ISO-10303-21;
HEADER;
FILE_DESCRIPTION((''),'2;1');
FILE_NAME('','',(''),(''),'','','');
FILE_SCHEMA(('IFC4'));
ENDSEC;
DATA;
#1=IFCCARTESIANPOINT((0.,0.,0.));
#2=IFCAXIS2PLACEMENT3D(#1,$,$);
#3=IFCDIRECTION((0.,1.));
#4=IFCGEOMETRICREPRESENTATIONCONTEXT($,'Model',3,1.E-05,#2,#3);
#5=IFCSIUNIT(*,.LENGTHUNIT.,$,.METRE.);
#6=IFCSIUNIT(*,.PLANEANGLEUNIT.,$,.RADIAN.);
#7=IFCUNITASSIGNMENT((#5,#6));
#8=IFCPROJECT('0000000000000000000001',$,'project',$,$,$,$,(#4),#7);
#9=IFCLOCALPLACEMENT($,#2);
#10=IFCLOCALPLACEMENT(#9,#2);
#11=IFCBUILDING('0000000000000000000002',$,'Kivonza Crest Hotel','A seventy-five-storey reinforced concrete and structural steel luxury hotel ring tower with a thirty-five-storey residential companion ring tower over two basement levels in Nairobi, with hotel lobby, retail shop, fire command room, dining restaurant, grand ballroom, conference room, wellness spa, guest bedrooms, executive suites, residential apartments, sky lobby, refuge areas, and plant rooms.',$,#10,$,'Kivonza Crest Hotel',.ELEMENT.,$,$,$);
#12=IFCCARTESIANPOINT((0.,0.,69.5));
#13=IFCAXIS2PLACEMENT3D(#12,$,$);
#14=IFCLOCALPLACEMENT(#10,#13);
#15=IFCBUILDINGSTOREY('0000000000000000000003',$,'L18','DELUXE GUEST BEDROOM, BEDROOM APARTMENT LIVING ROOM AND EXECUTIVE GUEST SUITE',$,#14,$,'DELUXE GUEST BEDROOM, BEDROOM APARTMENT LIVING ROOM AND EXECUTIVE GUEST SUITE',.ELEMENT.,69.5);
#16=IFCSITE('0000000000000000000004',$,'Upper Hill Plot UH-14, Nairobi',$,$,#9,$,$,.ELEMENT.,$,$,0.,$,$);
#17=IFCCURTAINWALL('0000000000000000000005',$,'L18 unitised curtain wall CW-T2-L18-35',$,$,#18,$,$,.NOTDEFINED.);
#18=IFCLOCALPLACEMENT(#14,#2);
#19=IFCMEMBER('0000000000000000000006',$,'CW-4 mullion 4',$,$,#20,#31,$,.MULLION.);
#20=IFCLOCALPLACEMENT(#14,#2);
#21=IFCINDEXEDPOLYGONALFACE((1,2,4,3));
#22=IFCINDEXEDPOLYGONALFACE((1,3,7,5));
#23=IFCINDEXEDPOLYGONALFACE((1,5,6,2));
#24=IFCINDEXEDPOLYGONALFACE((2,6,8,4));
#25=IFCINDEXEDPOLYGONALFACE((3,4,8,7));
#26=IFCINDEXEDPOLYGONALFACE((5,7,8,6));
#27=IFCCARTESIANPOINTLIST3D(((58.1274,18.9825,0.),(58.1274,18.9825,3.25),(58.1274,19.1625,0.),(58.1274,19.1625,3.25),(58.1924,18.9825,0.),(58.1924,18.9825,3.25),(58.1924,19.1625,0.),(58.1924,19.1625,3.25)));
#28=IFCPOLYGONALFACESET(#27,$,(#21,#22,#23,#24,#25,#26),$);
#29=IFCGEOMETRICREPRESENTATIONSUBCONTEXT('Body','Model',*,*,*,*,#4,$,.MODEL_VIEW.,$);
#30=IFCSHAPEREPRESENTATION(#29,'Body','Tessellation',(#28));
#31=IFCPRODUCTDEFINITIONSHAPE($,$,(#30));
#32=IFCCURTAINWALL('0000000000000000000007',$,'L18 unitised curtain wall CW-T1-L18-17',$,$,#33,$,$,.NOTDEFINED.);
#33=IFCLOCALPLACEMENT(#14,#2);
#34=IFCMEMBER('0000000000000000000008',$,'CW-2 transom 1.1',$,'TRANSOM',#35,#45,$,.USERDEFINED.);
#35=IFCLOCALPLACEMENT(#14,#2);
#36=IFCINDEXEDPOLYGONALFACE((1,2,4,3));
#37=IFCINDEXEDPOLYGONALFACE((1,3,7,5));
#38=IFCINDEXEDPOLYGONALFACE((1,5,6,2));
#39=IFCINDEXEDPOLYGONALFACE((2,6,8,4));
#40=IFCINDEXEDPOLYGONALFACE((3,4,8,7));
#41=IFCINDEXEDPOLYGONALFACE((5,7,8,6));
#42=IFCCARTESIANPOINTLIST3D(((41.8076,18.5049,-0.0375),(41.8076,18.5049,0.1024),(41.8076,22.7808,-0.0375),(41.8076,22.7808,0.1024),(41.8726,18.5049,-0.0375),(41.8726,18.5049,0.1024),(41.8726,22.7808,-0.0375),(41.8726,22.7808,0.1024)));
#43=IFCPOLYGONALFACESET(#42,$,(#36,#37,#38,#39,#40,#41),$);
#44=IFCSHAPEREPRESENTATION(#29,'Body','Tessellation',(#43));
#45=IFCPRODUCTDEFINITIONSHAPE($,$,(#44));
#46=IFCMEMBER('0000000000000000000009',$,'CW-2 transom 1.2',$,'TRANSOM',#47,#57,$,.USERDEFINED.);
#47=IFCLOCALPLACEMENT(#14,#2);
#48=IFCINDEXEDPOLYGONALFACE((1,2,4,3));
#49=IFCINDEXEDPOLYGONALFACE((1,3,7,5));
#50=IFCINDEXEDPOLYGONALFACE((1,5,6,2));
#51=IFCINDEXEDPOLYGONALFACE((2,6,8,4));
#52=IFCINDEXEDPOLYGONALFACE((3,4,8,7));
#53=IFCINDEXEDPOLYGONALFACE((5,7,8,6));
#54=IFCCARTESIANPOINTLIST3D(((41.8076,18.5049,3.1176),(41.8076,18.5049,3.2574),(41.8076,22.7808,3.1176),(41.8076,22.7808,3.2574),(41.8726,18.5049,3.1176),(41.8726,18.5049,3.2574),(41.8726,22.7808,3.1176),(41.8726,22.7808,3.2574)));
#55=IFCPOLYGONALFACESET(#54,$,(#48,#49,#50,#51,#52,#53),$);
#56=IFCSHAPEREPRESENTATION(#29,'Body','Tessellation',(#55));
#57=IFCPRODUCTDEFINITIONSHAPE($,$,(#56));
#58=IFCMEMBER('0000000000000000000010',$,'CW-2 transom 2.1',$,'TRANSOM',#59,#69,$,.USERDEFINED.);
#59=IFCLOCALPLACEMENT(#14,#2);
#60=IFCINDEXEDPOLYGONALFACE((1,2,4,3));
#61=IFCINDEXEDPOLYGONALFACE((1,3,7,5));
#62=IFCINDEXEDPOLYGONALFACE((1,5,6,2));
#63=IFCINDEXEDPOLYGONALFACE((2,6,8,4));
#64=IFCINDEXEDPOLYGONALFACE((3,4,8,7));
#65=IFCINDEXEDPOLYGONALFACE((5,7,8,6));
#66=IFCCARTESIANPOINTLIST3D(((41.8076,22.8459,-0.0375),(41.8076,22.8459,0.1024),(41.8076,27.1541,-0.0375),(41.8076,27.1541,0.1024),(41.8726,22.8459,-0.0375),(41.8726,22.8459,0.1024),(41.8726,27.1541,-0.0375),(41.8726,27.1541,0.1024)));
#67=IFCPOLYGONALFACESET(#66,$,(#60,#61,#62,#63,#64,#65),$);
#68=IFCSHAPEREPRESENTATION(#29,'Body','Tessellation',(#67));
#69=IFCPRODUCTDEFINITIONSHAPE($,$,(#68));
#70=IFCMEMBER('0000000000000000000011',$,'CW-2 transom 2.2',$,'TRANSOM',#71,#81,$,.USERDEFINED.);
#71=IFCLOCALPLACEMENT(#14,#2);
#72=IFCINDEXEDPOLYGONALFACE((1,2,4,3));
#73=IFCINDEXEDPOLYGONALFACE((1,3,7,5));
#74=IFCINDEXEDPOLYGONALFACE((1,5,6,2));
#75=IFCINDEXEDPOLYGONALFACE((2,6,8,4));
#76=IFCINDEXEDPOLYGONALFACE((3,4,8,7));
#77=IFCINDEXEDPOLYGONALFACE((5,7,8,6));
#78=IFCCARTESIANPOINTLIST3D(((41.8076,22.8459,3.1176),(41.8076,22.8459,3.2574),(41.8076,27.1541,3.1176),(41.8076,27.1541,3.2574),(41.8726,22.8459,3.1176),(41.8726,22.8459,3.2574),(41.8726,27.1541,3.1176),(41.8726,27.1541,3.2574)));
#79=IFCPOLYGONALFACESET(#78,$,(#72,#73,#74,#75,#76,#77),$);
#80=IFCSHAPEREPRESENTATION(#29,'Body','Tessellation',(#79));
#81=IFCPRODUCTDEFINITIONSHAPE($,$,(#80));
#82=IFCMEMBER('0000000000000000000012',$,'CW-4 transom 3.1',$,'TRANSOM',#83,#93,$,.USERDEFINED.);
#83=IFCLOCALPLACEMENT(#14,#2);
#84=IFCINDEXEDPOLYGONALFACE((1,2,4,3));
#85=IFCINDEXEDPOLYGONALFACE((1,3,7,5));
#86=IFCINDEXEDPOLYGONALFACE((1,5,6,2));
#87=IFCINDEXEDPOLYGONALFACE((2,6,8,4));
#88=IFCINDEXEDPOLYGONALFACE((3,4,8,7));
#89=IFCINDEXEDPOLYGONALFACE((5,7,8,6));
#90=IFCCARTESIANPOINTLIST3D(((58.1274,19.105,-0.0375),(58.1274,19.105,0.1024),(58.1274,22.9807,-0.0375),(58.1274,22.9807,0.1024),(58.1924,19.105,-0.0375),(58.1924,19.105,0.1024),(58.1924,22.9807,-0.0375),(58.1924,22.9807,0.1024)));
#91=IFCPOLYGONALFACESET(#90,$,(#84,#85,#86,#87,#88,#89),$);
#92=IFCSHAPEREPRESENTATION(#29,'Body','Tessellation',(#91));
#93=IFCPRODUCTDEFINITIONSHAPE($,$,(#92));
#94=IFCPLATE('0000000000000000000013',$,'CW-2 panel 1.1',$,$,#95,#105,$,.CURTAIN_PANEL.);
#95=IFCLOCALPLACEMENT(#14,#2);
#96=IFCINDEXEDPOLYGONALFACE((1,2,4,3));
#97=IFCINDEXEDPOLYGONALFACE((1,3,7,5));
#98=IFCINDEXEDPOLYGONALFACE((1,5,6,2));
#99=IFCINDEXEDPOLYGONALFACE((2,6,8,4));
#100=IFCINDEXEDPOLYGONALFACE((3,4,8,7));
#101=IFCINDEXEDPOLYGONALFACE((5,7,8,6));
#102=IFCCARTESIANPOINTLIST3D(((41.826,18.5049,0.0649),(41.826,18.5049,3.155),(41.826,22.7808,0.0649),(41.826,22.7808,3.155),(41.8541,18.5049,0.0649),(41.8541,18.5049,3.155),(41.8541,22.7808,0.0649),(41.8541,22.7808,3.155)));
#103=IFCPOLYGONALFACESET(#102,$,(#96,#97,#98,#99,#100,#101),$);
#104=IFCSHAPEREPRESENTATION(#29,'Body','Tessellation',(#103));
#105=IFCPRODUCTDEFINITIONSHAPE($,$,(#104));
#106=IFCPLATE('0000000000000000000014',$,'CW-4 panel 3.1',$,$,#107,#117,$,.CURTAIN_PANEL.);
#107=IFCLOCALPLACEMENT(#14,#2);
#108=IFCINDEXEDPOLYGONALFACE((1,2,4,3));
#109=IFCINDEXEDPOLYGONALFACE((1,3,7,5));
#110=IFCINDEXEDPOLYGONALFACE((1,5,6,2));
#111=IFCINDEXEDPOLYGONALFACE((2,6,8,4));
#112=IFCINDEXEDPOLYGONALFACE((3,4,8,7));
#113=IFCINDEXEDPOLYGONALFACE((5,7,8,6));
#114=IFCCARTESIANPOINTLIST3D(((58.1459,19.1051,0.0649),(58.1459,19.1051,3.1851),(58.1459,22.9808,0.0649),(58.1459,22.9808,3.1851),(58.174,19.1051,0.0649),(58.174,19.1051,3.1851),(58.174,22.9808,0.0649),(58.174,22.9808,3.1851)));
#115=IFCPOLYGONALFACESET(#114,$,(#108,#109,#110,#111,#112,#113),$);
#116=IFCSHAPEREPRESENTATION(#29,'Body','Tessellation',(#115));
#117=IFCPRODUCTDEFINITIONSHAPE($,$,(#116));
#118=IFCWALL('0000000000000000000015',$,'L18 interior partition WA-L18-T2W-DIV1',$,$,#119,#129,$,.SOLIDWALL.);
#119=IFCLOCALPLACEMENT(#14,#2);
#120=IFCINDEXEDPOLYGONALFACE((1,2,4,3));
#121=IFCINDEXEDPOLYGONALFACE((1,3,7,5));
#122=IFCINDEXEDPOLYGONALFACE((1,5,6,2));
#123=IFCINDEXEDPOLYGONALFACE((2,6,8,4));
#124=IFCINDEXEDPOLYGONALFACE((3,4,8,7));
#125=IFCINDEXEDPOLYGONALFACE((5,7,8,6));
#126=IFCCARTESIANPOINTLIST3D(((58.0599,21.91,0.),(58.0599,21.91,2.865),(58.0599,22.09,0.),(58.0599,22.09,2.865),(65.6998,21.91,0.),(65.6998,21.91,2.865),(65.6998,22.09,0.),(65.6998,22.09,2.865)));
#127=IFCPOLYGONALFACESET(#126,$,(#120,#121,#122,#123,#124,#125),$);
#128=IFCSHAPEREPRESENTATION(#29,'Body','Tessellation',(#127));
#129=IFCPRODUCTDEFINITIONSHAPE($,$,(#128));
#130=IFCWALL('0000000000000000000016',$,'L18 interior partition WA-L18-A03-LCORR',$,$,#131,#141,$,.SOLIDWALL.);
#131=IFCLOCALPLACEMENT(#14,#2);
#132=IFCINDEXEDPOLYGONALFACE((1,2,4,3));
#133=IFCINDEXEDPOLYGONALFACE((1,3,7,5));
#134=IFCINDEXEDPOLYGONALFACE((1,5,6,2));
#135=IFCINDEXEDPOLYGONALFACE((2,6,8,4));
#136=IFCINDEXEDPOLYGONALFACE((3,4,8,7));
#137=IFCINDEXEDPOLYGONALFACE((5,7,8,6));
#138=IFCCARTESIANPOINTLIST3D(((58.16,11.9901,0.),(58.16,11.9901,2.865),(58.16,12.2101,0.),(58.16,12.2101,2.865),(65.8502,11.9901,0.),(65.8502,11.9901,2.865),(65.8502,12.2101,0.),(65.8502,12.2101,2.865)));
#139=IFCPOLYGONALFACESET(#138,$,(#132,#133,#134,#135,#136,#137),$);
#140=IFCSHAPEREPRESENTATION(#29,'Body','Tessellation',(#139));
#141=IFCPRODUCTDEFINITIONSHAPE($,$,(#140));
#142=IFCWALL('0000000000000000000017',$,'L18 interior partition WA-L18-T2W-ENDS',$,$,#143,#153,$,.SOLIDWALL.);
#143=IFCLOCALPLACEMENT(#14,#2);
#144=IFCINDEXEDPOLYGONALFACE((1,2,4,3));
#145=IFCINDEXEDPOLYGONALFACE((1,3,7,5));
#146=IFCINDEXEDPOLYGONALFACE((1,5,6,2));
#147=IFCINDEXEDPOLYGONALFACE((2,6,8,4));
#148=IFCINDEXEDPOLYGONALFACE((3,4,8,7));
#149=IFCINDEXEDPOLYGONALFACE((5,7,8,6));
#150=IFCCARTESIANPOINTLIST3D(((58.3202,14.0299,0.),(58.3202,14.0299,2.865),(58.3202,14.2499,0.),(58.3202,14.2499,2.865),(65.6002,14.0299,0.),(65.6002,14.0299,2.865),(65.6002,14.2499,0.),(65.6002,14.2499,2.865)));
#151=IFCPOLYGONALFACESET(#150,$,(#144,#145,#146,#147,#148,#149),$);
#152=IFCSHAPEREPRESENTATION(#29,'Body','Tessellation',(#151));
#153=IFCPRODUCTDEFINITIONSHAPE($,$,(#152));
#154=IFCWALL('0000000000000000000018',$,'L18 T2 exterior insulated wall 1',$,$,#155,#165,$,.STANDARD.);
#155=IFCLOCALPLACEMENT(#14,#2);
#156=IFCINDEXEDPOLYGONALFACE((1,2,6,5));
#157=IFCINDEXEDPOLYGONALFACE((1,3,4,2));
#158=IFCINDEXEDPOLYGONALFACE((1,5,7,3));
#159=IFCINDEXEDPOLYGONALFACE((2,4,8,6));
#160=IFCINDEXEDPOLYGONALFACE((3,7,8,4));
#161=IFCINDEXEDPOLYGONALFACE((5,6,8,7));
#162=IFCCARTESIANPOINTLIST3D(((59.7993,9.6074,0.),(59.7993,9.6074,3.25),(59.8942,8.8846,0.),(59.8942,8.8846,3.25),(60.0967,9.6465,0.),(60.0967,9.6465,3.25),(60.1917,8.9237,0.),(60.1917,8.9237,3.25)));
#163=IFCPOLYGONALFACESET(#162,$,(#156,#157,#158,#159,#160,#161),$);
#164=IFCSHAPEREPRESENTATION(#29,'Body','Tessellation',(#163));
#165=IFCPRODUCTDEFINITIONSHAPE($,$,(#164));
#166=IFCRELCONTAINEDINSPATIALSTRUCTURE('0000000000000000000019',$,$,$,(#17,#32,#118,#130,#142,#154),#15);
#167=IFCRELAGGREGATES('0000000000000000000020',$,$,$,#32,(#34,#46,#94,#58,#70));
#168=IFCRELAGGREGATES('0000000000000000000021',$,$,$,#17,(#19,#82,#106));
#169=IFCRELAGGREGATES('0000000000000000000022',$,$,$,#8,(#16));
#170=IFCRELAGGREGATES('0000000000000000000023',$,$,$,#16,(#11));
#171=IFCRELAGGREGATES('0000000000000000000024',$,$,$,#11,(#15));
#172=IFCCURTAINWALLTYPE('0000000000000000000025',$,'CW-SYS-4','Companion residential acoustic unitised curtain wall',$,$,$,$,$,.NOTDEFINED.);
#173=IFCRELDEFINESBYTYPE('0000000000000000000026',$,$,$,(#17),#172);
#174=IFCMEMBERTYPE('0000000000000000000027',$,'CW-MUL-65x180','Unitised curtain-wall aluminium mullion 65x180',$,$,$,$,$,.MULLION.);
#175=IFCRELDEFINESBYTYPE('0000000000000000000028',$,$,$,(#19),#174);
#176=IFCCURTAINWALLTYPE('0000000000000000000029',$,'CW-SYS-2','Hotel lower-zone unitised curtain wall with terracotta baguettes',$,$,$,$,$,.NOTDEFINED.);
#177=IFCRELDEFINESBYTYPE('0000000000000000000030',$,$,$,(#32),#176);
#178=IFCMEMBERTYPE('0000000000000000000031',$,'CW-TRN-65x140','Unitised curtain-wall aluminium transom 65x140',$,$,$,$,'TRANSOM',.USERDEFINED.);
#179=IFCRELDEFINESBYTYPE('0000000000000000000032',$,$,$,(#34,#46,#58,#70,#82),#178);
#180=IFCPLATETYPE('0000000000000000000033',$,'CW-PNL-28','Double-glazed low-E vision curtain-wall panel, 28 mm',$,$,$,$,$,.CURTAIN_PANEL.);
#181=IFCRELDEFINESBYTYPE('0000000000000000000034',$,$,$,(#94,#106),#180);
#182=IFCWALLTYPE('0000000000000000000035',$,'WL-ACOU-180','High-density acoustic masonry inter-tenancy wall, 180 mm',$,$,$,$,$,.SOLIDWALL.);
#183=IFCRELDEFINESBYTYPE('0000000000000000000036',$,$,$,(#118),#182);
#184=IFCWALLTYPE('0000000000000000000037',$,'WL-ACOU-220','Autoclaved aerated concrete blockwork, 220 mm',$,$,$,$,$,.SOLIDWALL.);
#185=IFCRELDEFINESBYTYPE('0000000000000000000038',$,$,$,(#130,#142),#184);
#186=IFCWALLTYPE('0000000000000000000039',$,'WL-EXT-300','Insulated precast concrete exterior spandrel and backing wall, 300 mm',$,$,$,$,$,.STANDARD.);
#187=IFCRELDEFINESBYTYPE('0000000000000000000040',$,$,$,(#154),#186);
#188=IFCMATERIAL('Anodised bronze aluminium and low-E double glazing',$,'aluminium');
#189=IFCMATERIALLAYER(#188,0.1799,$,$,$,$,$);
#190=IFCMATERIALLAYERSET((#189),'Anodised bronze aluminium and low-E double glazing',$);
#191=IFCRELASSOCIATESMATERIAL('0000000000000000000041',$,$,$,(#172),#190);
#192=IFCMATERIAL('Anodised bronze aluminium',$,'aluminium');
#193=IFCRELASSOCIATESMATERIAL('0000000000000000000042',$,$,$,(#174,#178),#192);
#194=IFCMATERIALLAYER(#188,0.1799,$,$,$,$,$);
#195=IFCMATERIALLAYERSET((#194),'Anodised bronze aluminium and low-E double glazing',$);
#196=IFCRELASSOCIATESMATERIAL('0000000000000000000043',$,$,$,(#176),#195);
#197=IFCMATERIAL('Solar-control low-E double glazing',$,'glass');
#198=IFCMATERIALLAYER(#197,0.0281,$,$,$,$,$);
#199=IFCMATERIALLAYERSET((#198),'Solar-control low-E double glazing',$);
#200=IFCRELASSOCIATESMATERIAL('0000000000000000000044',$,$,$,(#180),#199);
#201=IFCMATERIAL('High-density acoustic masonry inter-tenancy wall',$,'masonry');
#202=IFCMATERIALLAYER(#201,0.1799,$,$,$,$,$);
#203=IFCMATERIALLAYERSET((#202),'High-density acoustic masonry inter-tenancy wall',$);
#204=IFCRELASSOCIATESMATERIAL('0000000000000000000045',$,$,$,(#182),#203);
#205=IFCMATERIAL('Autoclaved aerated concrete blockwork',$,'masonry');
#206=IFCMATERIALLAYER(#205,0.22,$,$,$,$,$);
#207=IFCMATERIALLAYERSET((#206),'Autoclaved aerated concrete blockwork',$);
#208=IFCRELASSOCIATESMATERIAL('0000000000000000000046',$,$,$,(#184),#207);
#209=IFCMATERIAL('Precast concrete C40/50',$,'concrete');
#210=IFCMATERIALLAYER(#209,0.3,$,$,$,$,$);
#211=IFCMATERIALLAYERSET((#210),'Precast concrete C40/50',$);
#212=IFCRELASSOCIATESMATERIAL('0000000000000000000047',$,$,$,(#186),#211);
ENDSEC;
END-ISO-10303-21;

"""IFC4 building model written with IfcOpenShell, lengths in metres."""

from ifc_helpers import new_model, si_unit, direction, frame, frame_2d, origin, origin_2d, place, context, subcontext, project, spatial, rectangle, extrude, material, layer, layer_set, material_profile, profile_set, type_object, element, aggregate, save


model = new_model("IFC4")

# Units and contexts
model_context = context("Model", 3, precision=1e-05, world=origin(), true_north=direction((0.0, 1.0)))
body_context = subcontext(model_context, "Body", "Model", "MODEL_VIEW")
ifc_project = project(units=[si_unit("LENGTHUNIT", "METRE"), si_unit("PLANEANGLEUNIT", "RADIAN")], contexts=[model_context])

# Site, building, storey
site_placement = place(None, origin())
site = spatial("IfcSite", under=ifc_project, at=site_placement, Name="Upper Hill Plot UH-14, Nairobi", CompositionType="ELEMENT", RefElevation=0.0)
building_placement = place(site_placement, origin())
building = spatial("IfcBuilding", under=site, at=building_placement, Name="Kivonza Crest Hotel", Description="A seventy-five-storey reinforced concrete and structural steel luxury hotel ring tower with a thirty-five-storey residential companion ring tower over two basement levels in Nairobi, with hotel lobby, retail shop, fire command room, dining restaurant, grand ballroom, conference room, wellness spa, guest bedrooms, executive suites, residential apartments, sky lobby, refuge areas, and plant rooms.", LongName="Kivonza Crest Hotel", CompositionType="ELEMENT")
storey_placement = place(building_placement, frame((0.0, 0.0, 69.5)))
storey = spatial("IfcBuildingStorey", under=building, at=storey_placement, Name="L18", Description="DELUXE GUEST BEDROOM, BEDROOM APARTMENT LIVING ROOM AND EXECUTIVE GUEST SUITE", LongName="DELUXE GUEST BEDROOM, BEDROOM APARTMENT LIVING ROOM AND EXECUTIVE GUEST SUITE", CompositionType="ELEMENT", Elevation=69.5)

# Curtain wall, member
ifc_material_1 = material(Name="Anodised bronze aluminium and low-E double glazing", Category="aluminium")
ifc_layer_1 = layer(ifc_material_1, 0.1799)
ifc_layer_set_1 = layer_set([ifc_layer_1], Name="Anodised bronze aluminium and low-E double glazing")
curtain_wall_type_1 = type_object("IfcCurtainWallType", Name="CW-SYS-4", Description="Companion residential acoustic unitised curtain wall", PredefinedType="NOTDEFINED", material=ifc_layer_set_1)
curtain_wall_1_placement = place(storey_placement, origin())
curtain_wall_1 = element("IfcCurtainWall", 1, at=curtain_wall_1_placement, inside=storey, type_object=curtain_wall_type_1, Name="L18 unitised curtain wall CW-T2-L18-35", PredefinedType="NOTDEFINED")
ifc_material_2 = material(Name="Anodised bronze aluminium", Category="aluminium")
ifc_material_profile_1 = material_profile(ifc_material_2, rectangle(XDim=0.0649, YDim=0.1799, at=origin_2d()), Name="CW-M 65x180")
ifc_profile_set_1 = profile_set([ifc_material_profile_1], Name="Anodised bronze aluminium")
member_type_1 = type_object("IfcMemberType", Name="CW-MUL-65x180", Description="Unitised curtain-wall aluminium mullion 65x180", PredefinedType="MULLION", material=ifc_profile_set_1)
member_1_placement = place(storey_placement, frame((58.1599, 19.0725, 0.0), z_axis=(0.0, 0.0, 1.0), x_axis=(1.0, 0.0, 0.0)))
member_1 = element("IfcMember", 2, at=member_1_placement, type_object=member_type_1, Name="CW-4 mullion 4", PredefinedType="MULLION", context=body_context, shape_type="SweptSolid", body=[
    extrude(rectangle(XDim=0.0649, YDim=0.1799, at=origin_2d()), origin(), (0.0, 0.0, 1.0), 3.25),
])

# Curtain wall, members
ifc_layer_2 = layer(ifc_material_1, 0.1799)
ifc_layer_set_2 = layer_set([ifc_layer_2], Name="Anodised bronze aluminium and low-E double glazing")
curtain_wall_type_2 = type_object("IfcCurtainWallType", Name="CW-SYS-2", Description="Hotel lower-zone unitised curtain wall with terracotta baguettes", PredefinedType="NOTDEFINED", material=ifc_layer_set_2)
curtain_wall_2_placement = place(storey_placement, origin())
curtain_wall_2 = element("IfcCurtainWall", 3, at=curtain_wall_2_placement, inside=storey, type_object=curtain_wall_type_2, Name="L18 unitised curtain wall CW-T1-L18-17", PredefinedType="NOTDEFINED")
ifc_material_profile_2 = material_profile(ifc_material_2, rectangle(XDim=0.0649, YDim=0.1399, at=origin_2d()), Name="CW-T 65x140")
ifc_profile_set_2 = profile_set([ifc_material_profile_2], Name="Anodised bronze aluminium")
member_type_2 = type_object("IfcMemberType", Name="CW-TRN-65x140", Description="Unitised curtain-wall aluminium transom 65x140", ElementType="TRANSOM", PredefinedType="USERDEFINED", material=ifc_profile_set_2)
member_2_placement = place(storey_placement, frame((41.8401, 18.5049, 0.0325), z_axis=(0.0, 1.0, 0.0), x_axis=(-1.0, 0.0, 0.0)))
member_2 = element("IfcMember", 4, at=member_2_placement, type_object=member_type_2, Name="CW-2 transom 1.1", ObjectType="TRANSOM", PredefinedType="USERDEFINED", context=body_context, shape_type="SweptSolid", body=[
    extrude(rectangle(XDim=0.0649, YDim=0.1399, at=origin_2d()), origin(), (0.0, 0.0, 1.0), 4.2759),
])
member_3_placement = place(storey_placement, frame((41.8401, 18.5049, 3.1875), z_axis=(0.0, 1.0, 0.0), x_axis=(-1.0, 0.0, 0.0)))
member_3 = element("IfcMember", 5, at=member_3_placement, type_object=member_type_2, Name="CW-2 transom 1.2", ObjectType="TRANSOM", PredefinedType="USERDEFINED", context=body_context, shape_type="SweptSolid", body=[
    extrude(rectangle(XDim=0.0649, YDim=0.1399, at=origin_2d()), origin(), (0.0, 0.0, 1.0), 4.2759),
])
member_4_placement = place(storey_placement, frame((41.8401, 22.8459, 0.0325), z_axis=(0.0, 1.0, 0.0), x_axis=(-1.0, 0.0, 0.0)))
member_4 = element("IfcMember", 6, at=member_4_placement, type_object=member_type_2, Name="CW-2 transom 2.1", ObjectType="TRANSOM", PredefinedType="USERDEFINED", context=body_context, shape_type="SweptSolid", body=[
    extrude(rectangle(XDim=0.0649, YDim=0.1399, at=origin_2d()), origin(), (0.0, 0.0, 1.0), 4.3081),
])
member_5_placement = place(storey_placement, frame((41.8401, 22.8459, 3.1875), z_axis=(0.0, 1.0, 0.0), x_axis=(-1.0, 0.0, 0.0)))
member_5 = element("IfcMember", 7, at=member_5_placement, type_object=member_type_2, Name="CW-2 transom 2.2", ObjectType="TRANSOM", PredefinedType="USERDEFINED", context=body_context, shape_type="SweptSolid", body=[
    extrude(rectangle(XDim=0.0649, YDim=0.1399, at=origin_2d()), origin(), (0.0, 0.0, 1.0), 4.3081),
])

# Member
member_6_placement = place(storey_placement, frame((58.1599, 22.9807, 0.0325), z_axis=(0.0, -1.0, 0.0), x_axis=(1.0, 0.0, 0.0)))
member_6 = element("IfcMember", 8, at=member_6_placement, type_object=member_type_2, Name="CW-4 transom 3.1", ObjectType="TRANSOM", PredefinedType="USERDEFINED", context=body_context, shape_type="SweptSolid", body=[
    extrude(rectangle(XDim=0.0649, YDim=0.1399, at=origin_2d()), origin(), (0.0, 0.0, 1.0), 3.8757),
])

# Plates
ifc_material_3 = material(Name="Solar-control low-E double glazing", Category="glass")
ifc_layer_3 = layer(ifc_material_3, 0.0281)
ifc_layer_set_3 = layer_set([ifc_layer_3], Name="Solar-control low-E double glazing")
plate_type = type_object("IfcPlateType", Name="CW-PNL-28", Description="Double-glazed low-E vision curtain-wall panel, 28 mm", PredefinedType="CURTAIN_PANEL", material=ifc_layer_set_3)
plate_1_placement = place(storey_placement, frame((41.8401, 20.6428, 0.0649), z_axis=(0.0, 0.0, 1.0), x_axis=(0.0, 1.0, 0.0)))
plate_1 = element("IfcPlate", 9, at=plate_1_placement, type_object=plate_type, Name="CW-2 panel 1.1", PredefinedType="CURTAIN_PANEL", context=body_context, shape_type="SweptSolid", body=[
    extrude(rectangle(XDim=4.2759, YDim=0.0281, at=origin_2d()), origin(), (0.0, 0.0, 1.0), 3.0901),
])
aggregate(curtain_wall_2, [member_2, member_3, plate_1, member_4, member_5])
plate_2_placement = place(storey_placement, frame((58.1599, 21.043, 0.0649), z_axis=(0.0, 0.0, 1.0), x_axis=(0.0, -1.0, 0.0)))
plate_2 = element("IfcPlate", 10, at=plate_2_placement, type_object=plate_type, Name="CW-4 panel 3.1", PredefinedType="CURTAIN_PANEL", context=body_context, shape_type="SweptSolid", body=[
    extrude(rectangle(XDim=3.8757, YDim=0.0281, at=origin_2d()), origin(), (0.0, 0.0, 1.0), 3.1201),
])
aggregate(curtain_wall_1, [member_1, member_6, plate_2])

# Walls
ifc_material_4 = material(Name="High-density acoustic masonry inter-tenancy wall", Category="masonry")
ifc_layer_4 = layer(ifc_material_4, 0.1799)
ifc_layer_set_4 = layer_set([ifc_layer_4], Name="High-density acoustic masonry inter-tenancy wall")
wall_type_1 = type_object("IfcWallType", Name="WL-ACOU-180", Description="High-density acoustic masonry inter-tenancy wall, 180 mm", PredefinedType="SOLIDWALL", material=ifc_layer_set_4)
wall_1_placement = place(storey_placement, frame((58.0601, 22.0, 0.0), z_axis=(0.0, 0.0, 1.0), x_axis=(1.0, 0.0, 0.0)))
element("IfcWall", 11, at=wall_1_placement, inside=storey, type_object=wall_type_1, Name="L18 interior partition WA-L18-T2W-DIV1", PredefinedType="SOLIDWALL", context=body_context, shape_type="SweptSolid", body=[
    extrude(rectangle(XDim=7.6399, YDim=0.1799, at=frame_2d((3.8198, 0.0))), origin(), (0.0, 0.0, 1.0), 2.865),
])
ifc_material_5 = material(Name="Autoclaved aerated concrete blockwork", Category="masonry")
ifc_layer_5 = layer(ifc_material_5, 0.22)
ifc_layer_set_5 = layer_set([ifc_layer_5], Name="Autoclaved aerated concrete blockwork")
wall_type_2 = type_object("IfcWallType", Name="WL-ACOU-220", Description="Autoclaved aerated concrete blockwork, 220 mm", PredefinedType="SOLIDWALL", material=ifc_layer_set_5)
wall_2_placement = place(storey_placement, frame((58.1599, 12.1001, 0.0), z_axis=(0.0, 0.0, 1.0), x_axis=(1.0, 0.0, 0.0)))
element("IfcWall", 12, at=wall_2_placement, inside=storey, type_object=wall_type_2, Name="L18 interior partition WA-L18-A03-LCORR", PredefinedType="SOLIDWALL", context=body_context, shape_type="SweptSolid", body=[
    extrude(rectangle(XDim=7.6902, YDim=0.22, at=frame_2d((3.8452, 0.0))), origin(), (0.0, 0.0, 1.0), 2.865),
])
wall_3_placement = place(storey_placement, frame((58.3201, 14.1399, 0.0), z_axis=(0.0, 0.0, 1.0), x_axis=(1.0, 0.0, 0.0)))
element("IfcWall", 13, at=wall_3_placement, inside=storey, type_object=wall_type_2, Name="L18 interior partition WA-L18-T2W-ENDS", PredefinedType="SOLIDWALL", context=body_context, shape_type="SweptSolid", body=[
    extrude(rectangle(XDim=7.28, YDim=0.22, at=frame_2d((3.6401, 0.0))), origin(), (0.0, 0.0, 1.0), 2.865),
])
ifc_material_6 = material(Name="Precast concrete C40/50", Category="concrete")
ifc_layer_6 = layer(ifc_material_6, 0.3)
ifc_layer_set_6 = layer_set([ifc_layer_6], Name="Precast concrete C40/50")
wall_type_3 = type_object("IfcWallType", Name="WL-EXT-300", Description="Insulated precast concrete exterior spandrel and backing wall, 300 mm", PredefinedType="STANDARD", material=ifc_layer_set_6)
wall_4_placement = place(storey_placement, frame((59.948, 9.627, 0.0), z_axis=(0.0, 0.0, 1.0), x_axis=(0.130255, -0.99148, 0.0)))
element("IfcWall", 14, at=wall_4_placement, inside=storey, type_object=wall_type_3, Name="L18 T2 exterior insulated wall 1", PredefinedType="STANDARD", context=body_context, shape_type="SweptSolid", body=[
    extrude(rectangle(XDim=0.729, YDim=0.3, at=frame_2d((0.3645, 0.0))), origin(), (0.0, 0.0, 1.0), 3.25),
])

save(model, "model.ifc")
